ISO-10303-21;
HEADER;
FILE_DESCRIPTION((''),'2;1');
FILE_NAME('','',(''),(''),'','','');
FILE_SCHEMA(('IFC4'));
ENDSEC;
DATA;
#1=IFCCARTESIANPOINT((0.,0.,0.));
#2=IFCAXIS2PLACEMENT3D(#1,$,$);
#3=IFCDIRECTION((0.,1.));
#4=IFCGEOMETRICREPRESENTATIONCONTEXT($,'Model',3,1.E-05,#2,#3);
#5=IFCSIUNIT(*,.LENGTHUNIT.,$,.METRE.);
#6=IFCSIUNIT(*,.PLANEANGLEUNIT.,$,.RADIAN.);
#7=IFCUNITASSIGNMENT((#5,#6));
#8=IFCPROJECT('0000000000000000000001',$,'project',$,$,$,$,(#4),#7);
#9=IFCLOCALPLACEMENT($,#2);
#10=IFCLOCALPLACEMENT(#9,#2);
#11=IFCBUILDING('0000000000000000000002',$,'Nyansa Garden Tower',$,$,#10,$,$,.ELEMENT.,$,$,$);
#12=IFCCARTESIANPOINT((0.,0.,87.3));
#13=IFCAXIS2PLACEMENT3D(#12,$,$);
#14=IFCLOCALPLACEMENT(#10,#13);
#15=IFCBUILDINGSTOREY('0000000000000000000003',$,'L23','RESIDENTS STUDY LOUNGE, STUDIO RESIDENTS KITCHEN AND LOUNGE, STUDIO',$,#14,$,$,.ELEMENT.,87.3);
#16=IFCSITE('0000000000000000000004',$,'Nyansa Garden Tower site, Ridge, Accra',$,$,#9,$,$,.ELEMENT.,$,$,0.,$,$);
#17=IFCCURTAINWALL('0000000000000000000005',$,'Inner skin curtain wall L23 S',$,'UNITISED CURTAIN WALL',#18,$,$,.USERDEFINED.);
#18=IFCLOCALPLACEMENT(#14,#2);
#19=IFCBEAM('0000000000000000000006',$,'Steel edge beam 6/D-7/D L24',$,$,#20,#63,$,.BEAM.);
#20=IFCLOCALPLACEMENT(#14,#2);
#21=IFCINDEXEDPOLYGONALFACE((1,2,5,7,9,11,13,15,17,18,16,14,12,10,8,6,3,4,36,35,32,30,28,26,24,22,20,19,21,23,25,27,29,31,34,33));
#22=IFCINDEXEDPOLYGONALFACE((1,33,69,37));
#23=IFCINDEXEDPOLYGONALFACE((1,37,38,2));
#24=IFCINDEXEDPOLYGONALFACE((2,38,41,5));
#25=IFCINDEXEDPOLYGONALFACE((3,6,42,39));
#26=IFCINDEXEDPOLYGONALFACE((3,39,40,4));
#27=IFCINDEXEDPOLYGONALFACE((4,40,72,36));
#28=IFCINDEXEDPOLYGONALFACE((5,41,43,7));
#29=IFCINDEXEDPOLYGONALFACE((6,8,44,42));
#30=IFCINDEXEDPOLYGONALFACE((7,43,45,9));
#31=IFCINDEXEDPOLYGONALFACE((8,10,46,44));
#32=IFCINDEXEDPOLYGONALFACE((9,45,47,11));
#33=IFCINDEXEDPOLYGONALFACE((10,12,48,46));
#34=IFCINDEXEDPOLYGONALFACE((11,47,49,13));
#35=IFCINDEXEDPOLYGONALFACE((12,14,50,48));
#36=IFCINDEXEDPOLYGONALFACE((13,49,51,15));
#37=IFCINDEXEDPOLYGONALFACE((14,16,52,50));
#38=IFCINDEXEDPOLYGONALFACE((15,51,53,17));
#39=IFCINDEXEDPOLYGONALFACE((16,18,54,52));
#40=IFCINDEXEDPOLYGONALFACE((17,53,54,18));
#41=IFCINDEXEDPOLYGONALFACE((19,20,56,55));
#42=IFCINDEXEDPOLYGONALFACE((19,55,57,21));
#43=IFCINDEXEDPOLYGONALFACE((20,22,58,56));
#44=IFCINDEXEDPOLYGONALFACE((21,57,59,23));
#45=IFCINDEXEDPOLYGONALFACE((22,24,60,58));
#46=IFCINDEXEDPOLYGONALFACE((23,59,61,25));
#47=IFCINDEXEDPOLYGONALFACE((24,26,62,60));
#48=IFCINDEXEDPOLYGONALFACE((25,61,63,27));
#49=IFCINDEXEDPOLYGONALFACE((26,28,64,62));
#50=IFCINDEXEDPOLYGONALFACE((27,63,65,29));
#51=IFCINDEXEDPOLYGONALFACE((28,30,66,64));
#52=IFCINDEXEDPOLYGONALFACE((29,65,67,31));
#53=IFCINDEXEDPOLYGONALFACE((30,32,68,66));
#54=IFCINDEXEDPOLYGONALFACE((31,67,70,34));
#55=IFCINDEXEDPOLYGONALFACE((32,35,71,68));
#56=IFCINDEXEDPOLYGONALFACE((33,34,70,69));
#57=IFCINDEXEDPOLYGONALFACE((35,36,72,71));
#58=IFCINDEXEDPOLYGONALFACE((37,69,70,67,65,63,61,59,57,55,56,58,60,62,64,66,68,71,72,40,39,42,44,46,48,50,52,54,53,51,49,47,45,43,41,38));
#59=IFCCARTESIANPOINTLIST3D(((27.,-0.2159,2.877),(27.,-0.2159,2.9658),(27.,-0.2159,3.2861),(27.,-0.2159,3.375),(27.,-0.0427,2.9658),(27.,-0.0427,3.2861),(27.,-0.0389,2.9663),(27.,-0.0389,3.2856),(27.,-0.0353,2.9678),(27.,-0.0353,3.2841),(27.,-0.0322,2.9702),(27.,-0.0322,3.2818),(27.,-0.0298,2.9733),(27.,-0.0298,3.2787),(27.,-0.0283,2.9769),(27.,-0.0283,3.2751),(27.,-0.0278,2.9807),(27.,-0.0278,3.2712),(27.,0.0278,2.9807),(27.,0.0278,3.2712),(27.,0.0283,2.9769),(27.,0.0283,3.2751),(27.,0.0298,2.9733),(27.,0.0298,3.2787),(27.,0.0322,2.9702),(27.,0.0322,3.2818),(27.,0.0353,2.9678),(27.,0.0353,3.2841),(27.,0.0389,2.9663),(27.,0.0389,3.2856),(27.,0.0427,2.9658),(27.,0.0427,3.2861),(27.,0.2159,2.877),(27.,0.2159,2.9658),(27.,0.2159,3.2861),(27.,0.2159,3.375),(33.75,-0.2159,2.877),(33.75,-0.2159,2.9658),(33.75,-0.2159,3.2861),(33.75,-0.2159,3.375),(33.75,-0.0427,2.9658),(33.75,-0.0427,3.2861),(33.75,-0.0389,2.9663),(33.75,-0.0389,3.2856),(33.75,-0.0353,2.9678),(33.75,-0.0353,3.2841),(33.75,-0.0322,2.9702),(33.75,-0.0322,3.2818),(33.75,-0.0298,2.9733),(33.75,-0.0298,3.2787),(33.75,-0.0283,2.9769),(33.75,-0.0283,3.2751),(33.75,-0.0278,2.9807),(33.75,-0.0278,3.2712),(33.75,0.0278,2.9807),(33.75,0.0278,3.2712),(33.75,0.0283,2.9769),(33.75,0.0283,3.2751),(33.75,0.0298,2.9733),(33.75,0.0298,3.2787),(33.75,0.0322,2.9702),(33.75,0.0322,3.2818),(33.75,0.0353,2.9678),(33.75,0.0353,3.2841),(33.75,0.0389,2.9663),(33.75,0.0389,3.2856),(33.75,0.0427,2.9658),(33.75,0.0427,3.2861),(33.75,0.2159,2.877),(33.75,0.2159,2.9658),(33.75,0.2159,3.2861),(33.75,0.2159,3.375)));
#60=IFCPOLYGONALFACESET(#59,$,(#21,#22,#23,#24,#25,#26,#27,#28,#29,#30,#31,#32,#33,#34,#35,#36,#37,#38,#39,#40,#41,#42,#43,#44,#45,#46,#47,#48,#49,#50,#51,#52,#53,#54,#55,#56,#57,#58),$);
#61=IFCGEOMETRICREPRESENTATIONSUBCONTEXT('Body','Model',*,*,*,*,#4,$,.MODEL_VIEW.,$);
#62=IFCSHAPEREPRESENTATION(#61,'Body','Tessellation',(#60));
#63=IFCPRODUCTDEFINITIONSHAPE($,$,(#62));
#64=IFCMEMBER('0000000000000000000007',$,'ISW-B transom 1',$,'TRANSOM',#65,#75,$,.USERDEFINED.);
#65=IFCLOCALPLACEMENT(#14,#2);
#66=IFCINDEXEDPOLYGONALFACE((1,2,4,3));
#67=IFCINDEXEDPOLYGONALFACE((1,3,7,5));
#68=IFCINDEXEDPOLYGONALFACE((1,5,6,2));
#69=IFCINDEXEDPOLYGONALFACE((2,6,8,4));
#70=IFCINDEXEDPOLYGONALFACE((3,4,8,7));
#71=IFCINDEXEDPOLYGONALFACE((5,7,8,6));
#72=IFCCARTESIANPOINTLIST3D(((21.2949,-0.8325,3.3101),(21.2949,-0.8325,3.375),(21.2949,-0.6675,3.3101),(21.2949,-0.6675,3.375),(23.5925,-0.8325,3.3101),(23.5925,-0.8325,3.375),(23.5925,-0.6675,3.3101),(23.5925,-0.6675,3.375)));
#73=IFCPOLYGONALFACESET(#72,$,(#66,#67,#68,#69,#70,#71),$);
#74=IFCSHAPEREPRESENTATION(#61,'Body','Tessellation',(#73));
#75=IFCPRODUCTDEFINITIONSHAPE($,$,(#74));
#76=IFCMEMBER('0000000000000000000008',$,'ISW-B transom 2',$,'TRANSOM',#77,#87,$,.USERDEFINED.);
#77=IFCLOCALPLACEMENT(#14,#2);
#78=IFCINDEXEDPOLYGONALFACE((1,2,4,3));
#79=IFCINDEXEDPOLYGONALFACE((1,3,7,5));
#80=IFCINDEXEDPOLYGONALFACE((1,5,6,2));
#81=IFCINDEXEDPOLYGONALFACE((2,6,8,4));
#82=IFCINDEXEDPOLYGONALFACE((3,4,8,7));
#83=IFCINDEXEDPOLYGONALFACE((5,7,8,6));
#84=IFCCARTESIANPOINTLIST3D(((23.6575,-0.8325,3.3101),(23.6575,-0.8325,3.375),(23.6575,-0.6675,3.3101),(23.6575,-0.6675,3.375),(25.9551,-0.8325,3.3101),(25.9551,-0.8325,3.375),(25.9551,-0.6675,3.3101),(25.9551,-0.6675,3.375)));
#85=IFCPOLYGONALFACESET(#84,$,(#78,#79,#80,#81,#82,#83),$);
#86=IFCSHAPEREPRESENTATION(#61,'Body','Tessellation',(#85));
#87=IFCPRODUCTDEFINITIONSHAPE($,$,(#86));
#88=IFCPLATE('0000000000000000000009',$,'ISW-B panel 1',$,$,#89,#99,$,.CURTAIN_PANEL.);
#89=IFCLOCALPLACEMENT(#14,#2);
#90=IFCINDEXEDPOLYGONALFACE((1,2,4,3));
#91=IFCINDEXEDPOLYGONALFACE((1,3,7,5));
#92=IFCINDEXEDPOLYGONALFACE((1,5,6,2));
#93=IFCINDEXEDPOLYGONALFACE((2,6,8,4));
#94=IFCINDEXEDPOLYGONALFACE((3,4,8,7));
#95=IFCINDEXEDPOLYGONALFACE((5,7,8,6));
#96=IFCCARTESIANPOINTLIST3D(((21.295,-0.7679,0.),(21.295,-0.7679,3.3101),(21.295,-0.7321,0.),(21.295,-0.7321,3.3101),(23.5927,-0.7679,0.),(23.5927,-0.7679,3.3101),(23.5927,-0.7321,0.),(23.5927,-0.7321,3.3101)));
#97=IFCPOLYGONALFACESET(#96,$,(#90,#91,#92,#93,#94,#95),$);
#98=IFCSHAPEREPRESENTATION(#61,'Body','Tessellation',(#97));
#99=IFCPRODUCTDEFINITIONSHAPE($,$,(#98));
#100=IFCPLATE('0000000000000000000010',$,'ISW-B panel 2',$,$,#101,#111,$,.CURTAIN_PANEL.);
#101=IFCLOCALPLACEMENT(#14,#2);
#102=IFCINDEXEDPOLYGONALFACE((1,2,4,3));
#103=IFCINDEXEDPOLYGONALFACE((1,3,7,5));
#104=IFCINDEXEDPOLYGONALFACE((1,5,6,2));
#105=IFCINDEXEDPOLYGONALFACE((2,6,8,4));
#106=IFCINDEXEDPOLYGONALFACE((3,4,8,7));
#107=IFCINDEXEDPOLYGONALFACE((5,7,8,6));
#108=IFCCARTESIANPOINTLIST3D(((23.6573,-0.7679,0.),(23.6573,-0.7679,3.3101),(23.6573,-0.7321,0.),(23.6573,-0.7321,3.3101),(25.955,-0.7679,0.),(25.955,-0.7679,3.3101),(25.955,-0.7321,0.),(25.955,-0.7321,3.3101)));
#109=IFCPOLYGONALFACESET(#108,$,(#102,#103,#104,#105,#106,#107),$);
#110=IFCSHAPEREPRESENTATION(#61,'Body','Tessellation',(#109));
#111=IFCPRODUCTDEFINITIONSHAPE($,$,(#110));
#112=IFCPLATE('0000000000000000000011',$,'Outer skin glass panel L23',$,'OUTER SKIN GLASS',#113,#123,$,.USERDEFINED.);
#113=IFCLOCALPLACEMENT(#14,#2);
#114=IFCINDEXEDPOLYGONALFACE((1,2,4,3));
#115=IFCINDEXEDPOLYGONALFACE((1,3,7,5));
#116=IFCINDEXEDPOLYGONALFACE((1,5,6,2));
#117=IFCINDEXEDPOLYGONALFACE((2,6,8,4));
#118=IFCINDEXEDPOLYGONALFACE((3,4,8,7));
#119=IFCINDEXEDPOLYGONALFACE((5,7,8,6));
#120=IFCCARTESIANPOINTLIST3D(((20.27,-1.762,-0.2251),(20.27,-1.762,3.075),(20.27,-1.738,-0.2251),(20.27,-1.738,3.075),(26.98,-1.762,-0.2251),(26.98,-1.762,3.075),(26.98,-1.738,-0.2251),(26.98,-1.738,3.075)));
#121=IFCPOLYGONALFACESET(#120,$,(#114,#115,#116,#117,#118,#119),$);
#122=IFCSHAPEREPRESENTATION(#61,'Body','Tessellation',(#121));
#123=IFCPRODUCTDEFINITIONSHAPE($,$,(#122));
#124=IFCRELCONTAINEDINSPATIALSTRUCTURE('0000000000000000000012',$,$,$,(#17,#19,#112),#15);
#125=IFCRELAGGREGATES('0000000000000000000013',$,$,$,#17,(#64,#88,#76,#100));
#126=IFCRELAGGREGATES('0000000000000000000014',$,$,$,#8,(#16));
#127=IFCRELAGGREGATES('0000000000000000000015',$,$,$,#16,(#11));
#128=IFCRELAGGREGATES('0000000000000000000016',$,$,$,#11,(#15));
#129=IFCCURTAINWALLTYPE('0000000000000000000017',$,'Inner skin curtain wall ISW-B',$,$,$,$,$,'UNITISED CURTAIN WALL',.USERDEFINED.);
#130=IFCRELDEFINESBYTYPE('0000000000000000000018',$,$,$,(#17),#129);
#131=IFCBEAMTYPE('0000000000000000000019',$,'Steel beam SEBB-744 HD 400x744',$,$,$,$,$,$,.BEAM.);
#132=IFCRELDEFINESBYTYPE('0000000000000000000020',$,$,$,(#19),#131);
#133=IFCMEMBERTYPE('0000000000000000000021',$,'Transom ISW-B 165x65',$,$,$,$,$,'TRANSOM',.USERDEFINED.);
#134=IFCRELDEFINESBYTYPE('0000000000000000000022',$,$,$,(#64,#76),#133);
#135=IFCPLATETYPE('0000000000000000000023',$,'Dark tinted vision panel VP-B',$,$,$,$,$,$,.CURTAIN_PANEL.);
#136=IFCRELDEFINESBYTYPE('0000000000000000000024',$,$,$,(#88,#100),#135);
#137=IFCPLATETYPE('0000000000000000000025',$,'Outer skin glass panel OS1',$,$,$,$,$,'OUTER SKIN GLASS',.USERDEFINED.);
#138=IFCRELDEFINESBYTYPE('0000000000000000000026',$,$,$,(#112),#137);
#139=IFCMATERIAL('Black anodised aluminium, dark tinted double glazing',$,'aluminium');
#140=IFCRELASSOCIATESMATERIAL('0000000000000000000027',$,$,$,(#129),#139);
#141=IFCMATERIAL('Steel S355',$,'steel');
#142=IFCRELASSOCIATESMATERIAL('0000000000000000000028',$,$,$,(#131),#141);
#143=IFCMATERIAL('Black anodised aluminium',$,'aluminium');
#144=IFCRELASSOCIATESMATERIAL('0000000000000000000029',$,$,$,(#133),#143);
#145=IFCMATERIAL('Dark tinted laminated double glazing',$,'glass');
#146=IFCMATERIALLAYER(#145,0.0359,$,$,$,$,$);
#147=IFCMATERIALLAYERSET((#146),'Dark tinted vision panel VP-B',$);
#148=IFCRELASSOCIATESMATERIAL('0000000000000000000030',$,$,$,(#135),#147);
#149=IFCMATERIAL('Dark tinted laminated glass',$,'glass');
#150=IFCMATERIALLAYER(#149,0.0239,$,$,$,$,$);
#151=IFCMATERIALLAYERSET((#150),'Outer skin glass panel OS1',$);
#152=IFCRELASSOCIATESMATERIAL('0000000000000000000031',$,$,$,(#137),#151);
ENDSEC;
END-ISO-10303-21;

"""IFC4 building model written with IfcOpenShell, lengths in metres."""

from ifc_helpers import new_model, si_unit, direction, frame, origin, origin_2d, place, context, subcontext, project, spatial, rectangle, i_section, extrude, material, layer, layer_set, material_profile, profile_set, type_object, element, aggregate, save


model = new_model("IFC4")

# Units and contexts
model_context = context("Model", 3, precision=1e-05, world=origin(), true_north=direction((0.0, 1.0)))
body_context = subcontext(model_context, "Body", "Model", "MODEL_VIEW")
ifc_project = project(units=[si_unit("LENGTHUNIT", "METRE"), si_unit("PLANEANGLEUNIT", "RADIAN")], contexts=[model_context])

# Site, building, storey
site_placement = place(None, origin())
site = spatial("IfcSite", under=ifc_project, at=site_placement, Name="Nyansa Garden Tower site, Ridge, Accra", CompositionType="ELEMENT", RefElevation=0.0)
building_placement = place(site_placement, origin())
building = spatial("IfcBuilding", under=site, at=building_placement, Name="Nyansa Garden Tower", CompositionType="ELEMENT")
storey_placement = place(building_placement, frame((0.0, 0.0, 87.3)))
storey = spatial("IfcBuildingStorey", under=building, at=storey_placement, Name="L23", Description="RESIDENTS STUDY LOUNGE, STUDIO RESIDENTS KITCHEN AND LOUNGE, STUDIO", CompositionType="ELEMENT", Elevation=87.3)

# Curtain wall
ifc_material_1 = material(Name="Black anodised aluminium, dark tinted double glazing", Category="aluminium")
curtain_wall_type = type_object("IfcCurtainWallType", Name="Inner skin curtain wall ISW-B", ElementType="UNITISED CURTAIN WALL", PredefinedType="USERDEFINED", material=ifc_material_1)
curtain_wall_placement = place(storey_placement, origin())
curtain_wall = element("IfcCurtainWall", 1, at=curtain_wall_placement, inside=storey, type_object=curtain_wall_type, Name="Inner skin curtain wall L23 S", ObjectType="UNITISED CURTAIN WALL", PredefinedType="USERDEFINED")

# Beam
ifc_material_2 = material(Name="Steel S355", Category="steel")
ifc_material_profile_1 = material_profile(ifc_material_2, i_section(OverallWidth=0.4319, OverallDepth=0.498, WebThickness=0.0557, FlangeThickness=0.0889, FilletRadius=0.0149, at=origin_2d()), Name="HD 400x744")
ifc_profile_set_1 = profile_set([ifc_material_profile_1], Name="Steel S355")
beam_type_1 = type_object("IfcBeamType", Name="Steel beam SEBB-744 HD 400x744", PredefinedType="BEAM", material=ifc_profile_set_1)
beam_1_placement = place(storey_placement, frame((27.0, 0.0, 3.126), z_axis=(1.0, 0.0, 0.0), x_axis=(0.0, 1.0, 0.0)))
element("IfcBeam", 2, at=beam_1_placement, inside=storey, type_object=beam_type_1, Name="Steel edge beam 6/D-7/D L24", PredefinedType="BEAM", context=body_context, shape_type="SweptSolid", body=[
    extrude(i_section(OverallWidth=0.4319, OverallDepth=0.498, WebThickness=0.0557, FlangeThickness=0.0889, FilletRadius=0.0149, at=origin_2d()), origin(), (0.0, 0.0, 1.0), 6.75),
])

# Members
ifc_material_3 = material(Name="Black anodised aluminium", Category="aluminium")
ifc_material_profile_2 = material_profile(ifc_material_3, rectangle(XDim=0.165, YDim=0.0649, at=origin_2d()), Name="Transom 165x65")
ifc_profile_set_2 = profile_set([ifc_material_profile_2], Name="Black anodised aluminium")
member_type_1 = type_object("IfcMemberType", Name="Transom ISW-B 165x65", ElementType="TRANSOM", PredefinedType="USERDEFINED", material=ifc_profile_set_2)
member_1_placement = place(storey_placement, frame((21.2949, -0.75, 3.3425), z_axis=(1.0, 0.0, 0.0), x_axis=(0.0, 1.0, 0.0)))
member_1 = element("IfcMember", 3, at=member_1_placement, type_object=member_type_1, Name="ISW-B transom 1", ObjectType="TRANSOM", PredefinedType="USERDEFINED", context=body_context, shape_type="SweptSolid", body=[
    extrude(rectangle(XDim=0.165, YDim=0.0649, at=origin_2d()), origin(), (0.0, 0.0, 1.0), 2.2976),
])
member_2_placement = place(storey_placement, frame((23.6575, -0.75, 3.3425), z_axis=(1.0, 0.0, 0.0), x_axis=(0.0, 1.0, 0.0)))
member_2 = element("IfcMember", 4, at=member_2_placement, type_object=member_type_1, Name="ISW-B transom 2", ObjectType="TRANSOM", PredefinedType="USERDEFINED", context=body_context, shape_type="SweptSolid", body=[
    extrude(rectangle(XDim=0.165, YDim=0.0649, at=origin_2d()), origin(), (0.0, 0.0, 1.0), 2.2976),
])

# Plates
ifc_material_4 = material(Name="Dark tinted laminated double glazing", Category="glass")
ifc_layer_1 = layer(ifc_material_4, 0.0359)
ifc_layer_set_1 = layer_set([ifc_layer_1], Name="Dark tinted vision panel VP-B")
plate_type_1 = type_object("IfcPlateType", Name="Dark tinted vision panel VP-B", PredefinedType="CURTAIN_PANEL", material=ifc_layer_set_1)
plate_1_placement = place(storey_placement, frame((22.4438, -0.75, 0.0), z_axis=(0.0, 0.0, 1.0), x_axis=(1.0, 0.0, 0.0)))
plate_1 = element("IfcPlate", 5, at=plate_1_placement, type_object=plate_type_1, Name="ISW-B panel 1", PredefinedType="CURTAIN_PANEL", context=body_context, shape_type="SweptSolid", body=[
    extrude(rectangle(XDim=2.2976, YDim=0.0359, at=origin_2d()), origin(), (0.0, 0.0, 1.0), 3.3101),
])
plate_2_placement = place(storey_placement, frame((24.8062, -0.75, 0.0), z_axis=(0.0, 0.0, 1.0), x_axis=(1.0, 0.0, 0.0)))
plate_2 = element("IfcPlate", 6, at=plate_2_placement, type_object=plate_type_1, Name="ISW-B panel 2", PredefinedType="CURTAIN_PANEL", context=body_context, shape_type="SweptSolid", body=[
    extrude(rectangle(XDim=2.2976, YDim=0.0359, at=origin_2d()), origin(), (0.0, 0.0, 1.0), 3.3101),
])
aggregate(curtain_wall, [member_1, plate_1, member_2, plate_2])
ifc_material_5 = material(Name="Dark tinted laminated glass", Category="glass")
ifc_layer_2 = layer(ifc_material_5, 0.0239)
ifc_layer_set_2 = layer_set([ifc_layer_2], Name="Outer skin glass panel OS1")
plate_type_2 = type_object("IfcPlateType", Name="Outer skin glass panel OS1", ElementType="OUTER SKIN GLASS", PredefinedType="USERDEFINED", material=ifc_layer_set_2)
plate_3_placement = place(storey_placement, frame((23.625, -1.75, -0.2251), z_axis=(0.0, 0.0, 1.0), x_axis=(1.0, 0.0, 0.0)))
element("IfcPlate", 7, at=plate_3_placement, inside=storey, type_object=plate_type_2, Name="Outer skin glass panel L23", ObjectType="OUTER SKIN GLASS", PredefinedType="USERDEFINED", context=body_context, shape_type="SweptSolid", body=[
    extrude(rectangle(XDim=6.71, YDim=0.0239, at=origin_2d()), origin(), (0.0, 0.0, 1.0), 3.3),
])

save(model, "model.ifc")
